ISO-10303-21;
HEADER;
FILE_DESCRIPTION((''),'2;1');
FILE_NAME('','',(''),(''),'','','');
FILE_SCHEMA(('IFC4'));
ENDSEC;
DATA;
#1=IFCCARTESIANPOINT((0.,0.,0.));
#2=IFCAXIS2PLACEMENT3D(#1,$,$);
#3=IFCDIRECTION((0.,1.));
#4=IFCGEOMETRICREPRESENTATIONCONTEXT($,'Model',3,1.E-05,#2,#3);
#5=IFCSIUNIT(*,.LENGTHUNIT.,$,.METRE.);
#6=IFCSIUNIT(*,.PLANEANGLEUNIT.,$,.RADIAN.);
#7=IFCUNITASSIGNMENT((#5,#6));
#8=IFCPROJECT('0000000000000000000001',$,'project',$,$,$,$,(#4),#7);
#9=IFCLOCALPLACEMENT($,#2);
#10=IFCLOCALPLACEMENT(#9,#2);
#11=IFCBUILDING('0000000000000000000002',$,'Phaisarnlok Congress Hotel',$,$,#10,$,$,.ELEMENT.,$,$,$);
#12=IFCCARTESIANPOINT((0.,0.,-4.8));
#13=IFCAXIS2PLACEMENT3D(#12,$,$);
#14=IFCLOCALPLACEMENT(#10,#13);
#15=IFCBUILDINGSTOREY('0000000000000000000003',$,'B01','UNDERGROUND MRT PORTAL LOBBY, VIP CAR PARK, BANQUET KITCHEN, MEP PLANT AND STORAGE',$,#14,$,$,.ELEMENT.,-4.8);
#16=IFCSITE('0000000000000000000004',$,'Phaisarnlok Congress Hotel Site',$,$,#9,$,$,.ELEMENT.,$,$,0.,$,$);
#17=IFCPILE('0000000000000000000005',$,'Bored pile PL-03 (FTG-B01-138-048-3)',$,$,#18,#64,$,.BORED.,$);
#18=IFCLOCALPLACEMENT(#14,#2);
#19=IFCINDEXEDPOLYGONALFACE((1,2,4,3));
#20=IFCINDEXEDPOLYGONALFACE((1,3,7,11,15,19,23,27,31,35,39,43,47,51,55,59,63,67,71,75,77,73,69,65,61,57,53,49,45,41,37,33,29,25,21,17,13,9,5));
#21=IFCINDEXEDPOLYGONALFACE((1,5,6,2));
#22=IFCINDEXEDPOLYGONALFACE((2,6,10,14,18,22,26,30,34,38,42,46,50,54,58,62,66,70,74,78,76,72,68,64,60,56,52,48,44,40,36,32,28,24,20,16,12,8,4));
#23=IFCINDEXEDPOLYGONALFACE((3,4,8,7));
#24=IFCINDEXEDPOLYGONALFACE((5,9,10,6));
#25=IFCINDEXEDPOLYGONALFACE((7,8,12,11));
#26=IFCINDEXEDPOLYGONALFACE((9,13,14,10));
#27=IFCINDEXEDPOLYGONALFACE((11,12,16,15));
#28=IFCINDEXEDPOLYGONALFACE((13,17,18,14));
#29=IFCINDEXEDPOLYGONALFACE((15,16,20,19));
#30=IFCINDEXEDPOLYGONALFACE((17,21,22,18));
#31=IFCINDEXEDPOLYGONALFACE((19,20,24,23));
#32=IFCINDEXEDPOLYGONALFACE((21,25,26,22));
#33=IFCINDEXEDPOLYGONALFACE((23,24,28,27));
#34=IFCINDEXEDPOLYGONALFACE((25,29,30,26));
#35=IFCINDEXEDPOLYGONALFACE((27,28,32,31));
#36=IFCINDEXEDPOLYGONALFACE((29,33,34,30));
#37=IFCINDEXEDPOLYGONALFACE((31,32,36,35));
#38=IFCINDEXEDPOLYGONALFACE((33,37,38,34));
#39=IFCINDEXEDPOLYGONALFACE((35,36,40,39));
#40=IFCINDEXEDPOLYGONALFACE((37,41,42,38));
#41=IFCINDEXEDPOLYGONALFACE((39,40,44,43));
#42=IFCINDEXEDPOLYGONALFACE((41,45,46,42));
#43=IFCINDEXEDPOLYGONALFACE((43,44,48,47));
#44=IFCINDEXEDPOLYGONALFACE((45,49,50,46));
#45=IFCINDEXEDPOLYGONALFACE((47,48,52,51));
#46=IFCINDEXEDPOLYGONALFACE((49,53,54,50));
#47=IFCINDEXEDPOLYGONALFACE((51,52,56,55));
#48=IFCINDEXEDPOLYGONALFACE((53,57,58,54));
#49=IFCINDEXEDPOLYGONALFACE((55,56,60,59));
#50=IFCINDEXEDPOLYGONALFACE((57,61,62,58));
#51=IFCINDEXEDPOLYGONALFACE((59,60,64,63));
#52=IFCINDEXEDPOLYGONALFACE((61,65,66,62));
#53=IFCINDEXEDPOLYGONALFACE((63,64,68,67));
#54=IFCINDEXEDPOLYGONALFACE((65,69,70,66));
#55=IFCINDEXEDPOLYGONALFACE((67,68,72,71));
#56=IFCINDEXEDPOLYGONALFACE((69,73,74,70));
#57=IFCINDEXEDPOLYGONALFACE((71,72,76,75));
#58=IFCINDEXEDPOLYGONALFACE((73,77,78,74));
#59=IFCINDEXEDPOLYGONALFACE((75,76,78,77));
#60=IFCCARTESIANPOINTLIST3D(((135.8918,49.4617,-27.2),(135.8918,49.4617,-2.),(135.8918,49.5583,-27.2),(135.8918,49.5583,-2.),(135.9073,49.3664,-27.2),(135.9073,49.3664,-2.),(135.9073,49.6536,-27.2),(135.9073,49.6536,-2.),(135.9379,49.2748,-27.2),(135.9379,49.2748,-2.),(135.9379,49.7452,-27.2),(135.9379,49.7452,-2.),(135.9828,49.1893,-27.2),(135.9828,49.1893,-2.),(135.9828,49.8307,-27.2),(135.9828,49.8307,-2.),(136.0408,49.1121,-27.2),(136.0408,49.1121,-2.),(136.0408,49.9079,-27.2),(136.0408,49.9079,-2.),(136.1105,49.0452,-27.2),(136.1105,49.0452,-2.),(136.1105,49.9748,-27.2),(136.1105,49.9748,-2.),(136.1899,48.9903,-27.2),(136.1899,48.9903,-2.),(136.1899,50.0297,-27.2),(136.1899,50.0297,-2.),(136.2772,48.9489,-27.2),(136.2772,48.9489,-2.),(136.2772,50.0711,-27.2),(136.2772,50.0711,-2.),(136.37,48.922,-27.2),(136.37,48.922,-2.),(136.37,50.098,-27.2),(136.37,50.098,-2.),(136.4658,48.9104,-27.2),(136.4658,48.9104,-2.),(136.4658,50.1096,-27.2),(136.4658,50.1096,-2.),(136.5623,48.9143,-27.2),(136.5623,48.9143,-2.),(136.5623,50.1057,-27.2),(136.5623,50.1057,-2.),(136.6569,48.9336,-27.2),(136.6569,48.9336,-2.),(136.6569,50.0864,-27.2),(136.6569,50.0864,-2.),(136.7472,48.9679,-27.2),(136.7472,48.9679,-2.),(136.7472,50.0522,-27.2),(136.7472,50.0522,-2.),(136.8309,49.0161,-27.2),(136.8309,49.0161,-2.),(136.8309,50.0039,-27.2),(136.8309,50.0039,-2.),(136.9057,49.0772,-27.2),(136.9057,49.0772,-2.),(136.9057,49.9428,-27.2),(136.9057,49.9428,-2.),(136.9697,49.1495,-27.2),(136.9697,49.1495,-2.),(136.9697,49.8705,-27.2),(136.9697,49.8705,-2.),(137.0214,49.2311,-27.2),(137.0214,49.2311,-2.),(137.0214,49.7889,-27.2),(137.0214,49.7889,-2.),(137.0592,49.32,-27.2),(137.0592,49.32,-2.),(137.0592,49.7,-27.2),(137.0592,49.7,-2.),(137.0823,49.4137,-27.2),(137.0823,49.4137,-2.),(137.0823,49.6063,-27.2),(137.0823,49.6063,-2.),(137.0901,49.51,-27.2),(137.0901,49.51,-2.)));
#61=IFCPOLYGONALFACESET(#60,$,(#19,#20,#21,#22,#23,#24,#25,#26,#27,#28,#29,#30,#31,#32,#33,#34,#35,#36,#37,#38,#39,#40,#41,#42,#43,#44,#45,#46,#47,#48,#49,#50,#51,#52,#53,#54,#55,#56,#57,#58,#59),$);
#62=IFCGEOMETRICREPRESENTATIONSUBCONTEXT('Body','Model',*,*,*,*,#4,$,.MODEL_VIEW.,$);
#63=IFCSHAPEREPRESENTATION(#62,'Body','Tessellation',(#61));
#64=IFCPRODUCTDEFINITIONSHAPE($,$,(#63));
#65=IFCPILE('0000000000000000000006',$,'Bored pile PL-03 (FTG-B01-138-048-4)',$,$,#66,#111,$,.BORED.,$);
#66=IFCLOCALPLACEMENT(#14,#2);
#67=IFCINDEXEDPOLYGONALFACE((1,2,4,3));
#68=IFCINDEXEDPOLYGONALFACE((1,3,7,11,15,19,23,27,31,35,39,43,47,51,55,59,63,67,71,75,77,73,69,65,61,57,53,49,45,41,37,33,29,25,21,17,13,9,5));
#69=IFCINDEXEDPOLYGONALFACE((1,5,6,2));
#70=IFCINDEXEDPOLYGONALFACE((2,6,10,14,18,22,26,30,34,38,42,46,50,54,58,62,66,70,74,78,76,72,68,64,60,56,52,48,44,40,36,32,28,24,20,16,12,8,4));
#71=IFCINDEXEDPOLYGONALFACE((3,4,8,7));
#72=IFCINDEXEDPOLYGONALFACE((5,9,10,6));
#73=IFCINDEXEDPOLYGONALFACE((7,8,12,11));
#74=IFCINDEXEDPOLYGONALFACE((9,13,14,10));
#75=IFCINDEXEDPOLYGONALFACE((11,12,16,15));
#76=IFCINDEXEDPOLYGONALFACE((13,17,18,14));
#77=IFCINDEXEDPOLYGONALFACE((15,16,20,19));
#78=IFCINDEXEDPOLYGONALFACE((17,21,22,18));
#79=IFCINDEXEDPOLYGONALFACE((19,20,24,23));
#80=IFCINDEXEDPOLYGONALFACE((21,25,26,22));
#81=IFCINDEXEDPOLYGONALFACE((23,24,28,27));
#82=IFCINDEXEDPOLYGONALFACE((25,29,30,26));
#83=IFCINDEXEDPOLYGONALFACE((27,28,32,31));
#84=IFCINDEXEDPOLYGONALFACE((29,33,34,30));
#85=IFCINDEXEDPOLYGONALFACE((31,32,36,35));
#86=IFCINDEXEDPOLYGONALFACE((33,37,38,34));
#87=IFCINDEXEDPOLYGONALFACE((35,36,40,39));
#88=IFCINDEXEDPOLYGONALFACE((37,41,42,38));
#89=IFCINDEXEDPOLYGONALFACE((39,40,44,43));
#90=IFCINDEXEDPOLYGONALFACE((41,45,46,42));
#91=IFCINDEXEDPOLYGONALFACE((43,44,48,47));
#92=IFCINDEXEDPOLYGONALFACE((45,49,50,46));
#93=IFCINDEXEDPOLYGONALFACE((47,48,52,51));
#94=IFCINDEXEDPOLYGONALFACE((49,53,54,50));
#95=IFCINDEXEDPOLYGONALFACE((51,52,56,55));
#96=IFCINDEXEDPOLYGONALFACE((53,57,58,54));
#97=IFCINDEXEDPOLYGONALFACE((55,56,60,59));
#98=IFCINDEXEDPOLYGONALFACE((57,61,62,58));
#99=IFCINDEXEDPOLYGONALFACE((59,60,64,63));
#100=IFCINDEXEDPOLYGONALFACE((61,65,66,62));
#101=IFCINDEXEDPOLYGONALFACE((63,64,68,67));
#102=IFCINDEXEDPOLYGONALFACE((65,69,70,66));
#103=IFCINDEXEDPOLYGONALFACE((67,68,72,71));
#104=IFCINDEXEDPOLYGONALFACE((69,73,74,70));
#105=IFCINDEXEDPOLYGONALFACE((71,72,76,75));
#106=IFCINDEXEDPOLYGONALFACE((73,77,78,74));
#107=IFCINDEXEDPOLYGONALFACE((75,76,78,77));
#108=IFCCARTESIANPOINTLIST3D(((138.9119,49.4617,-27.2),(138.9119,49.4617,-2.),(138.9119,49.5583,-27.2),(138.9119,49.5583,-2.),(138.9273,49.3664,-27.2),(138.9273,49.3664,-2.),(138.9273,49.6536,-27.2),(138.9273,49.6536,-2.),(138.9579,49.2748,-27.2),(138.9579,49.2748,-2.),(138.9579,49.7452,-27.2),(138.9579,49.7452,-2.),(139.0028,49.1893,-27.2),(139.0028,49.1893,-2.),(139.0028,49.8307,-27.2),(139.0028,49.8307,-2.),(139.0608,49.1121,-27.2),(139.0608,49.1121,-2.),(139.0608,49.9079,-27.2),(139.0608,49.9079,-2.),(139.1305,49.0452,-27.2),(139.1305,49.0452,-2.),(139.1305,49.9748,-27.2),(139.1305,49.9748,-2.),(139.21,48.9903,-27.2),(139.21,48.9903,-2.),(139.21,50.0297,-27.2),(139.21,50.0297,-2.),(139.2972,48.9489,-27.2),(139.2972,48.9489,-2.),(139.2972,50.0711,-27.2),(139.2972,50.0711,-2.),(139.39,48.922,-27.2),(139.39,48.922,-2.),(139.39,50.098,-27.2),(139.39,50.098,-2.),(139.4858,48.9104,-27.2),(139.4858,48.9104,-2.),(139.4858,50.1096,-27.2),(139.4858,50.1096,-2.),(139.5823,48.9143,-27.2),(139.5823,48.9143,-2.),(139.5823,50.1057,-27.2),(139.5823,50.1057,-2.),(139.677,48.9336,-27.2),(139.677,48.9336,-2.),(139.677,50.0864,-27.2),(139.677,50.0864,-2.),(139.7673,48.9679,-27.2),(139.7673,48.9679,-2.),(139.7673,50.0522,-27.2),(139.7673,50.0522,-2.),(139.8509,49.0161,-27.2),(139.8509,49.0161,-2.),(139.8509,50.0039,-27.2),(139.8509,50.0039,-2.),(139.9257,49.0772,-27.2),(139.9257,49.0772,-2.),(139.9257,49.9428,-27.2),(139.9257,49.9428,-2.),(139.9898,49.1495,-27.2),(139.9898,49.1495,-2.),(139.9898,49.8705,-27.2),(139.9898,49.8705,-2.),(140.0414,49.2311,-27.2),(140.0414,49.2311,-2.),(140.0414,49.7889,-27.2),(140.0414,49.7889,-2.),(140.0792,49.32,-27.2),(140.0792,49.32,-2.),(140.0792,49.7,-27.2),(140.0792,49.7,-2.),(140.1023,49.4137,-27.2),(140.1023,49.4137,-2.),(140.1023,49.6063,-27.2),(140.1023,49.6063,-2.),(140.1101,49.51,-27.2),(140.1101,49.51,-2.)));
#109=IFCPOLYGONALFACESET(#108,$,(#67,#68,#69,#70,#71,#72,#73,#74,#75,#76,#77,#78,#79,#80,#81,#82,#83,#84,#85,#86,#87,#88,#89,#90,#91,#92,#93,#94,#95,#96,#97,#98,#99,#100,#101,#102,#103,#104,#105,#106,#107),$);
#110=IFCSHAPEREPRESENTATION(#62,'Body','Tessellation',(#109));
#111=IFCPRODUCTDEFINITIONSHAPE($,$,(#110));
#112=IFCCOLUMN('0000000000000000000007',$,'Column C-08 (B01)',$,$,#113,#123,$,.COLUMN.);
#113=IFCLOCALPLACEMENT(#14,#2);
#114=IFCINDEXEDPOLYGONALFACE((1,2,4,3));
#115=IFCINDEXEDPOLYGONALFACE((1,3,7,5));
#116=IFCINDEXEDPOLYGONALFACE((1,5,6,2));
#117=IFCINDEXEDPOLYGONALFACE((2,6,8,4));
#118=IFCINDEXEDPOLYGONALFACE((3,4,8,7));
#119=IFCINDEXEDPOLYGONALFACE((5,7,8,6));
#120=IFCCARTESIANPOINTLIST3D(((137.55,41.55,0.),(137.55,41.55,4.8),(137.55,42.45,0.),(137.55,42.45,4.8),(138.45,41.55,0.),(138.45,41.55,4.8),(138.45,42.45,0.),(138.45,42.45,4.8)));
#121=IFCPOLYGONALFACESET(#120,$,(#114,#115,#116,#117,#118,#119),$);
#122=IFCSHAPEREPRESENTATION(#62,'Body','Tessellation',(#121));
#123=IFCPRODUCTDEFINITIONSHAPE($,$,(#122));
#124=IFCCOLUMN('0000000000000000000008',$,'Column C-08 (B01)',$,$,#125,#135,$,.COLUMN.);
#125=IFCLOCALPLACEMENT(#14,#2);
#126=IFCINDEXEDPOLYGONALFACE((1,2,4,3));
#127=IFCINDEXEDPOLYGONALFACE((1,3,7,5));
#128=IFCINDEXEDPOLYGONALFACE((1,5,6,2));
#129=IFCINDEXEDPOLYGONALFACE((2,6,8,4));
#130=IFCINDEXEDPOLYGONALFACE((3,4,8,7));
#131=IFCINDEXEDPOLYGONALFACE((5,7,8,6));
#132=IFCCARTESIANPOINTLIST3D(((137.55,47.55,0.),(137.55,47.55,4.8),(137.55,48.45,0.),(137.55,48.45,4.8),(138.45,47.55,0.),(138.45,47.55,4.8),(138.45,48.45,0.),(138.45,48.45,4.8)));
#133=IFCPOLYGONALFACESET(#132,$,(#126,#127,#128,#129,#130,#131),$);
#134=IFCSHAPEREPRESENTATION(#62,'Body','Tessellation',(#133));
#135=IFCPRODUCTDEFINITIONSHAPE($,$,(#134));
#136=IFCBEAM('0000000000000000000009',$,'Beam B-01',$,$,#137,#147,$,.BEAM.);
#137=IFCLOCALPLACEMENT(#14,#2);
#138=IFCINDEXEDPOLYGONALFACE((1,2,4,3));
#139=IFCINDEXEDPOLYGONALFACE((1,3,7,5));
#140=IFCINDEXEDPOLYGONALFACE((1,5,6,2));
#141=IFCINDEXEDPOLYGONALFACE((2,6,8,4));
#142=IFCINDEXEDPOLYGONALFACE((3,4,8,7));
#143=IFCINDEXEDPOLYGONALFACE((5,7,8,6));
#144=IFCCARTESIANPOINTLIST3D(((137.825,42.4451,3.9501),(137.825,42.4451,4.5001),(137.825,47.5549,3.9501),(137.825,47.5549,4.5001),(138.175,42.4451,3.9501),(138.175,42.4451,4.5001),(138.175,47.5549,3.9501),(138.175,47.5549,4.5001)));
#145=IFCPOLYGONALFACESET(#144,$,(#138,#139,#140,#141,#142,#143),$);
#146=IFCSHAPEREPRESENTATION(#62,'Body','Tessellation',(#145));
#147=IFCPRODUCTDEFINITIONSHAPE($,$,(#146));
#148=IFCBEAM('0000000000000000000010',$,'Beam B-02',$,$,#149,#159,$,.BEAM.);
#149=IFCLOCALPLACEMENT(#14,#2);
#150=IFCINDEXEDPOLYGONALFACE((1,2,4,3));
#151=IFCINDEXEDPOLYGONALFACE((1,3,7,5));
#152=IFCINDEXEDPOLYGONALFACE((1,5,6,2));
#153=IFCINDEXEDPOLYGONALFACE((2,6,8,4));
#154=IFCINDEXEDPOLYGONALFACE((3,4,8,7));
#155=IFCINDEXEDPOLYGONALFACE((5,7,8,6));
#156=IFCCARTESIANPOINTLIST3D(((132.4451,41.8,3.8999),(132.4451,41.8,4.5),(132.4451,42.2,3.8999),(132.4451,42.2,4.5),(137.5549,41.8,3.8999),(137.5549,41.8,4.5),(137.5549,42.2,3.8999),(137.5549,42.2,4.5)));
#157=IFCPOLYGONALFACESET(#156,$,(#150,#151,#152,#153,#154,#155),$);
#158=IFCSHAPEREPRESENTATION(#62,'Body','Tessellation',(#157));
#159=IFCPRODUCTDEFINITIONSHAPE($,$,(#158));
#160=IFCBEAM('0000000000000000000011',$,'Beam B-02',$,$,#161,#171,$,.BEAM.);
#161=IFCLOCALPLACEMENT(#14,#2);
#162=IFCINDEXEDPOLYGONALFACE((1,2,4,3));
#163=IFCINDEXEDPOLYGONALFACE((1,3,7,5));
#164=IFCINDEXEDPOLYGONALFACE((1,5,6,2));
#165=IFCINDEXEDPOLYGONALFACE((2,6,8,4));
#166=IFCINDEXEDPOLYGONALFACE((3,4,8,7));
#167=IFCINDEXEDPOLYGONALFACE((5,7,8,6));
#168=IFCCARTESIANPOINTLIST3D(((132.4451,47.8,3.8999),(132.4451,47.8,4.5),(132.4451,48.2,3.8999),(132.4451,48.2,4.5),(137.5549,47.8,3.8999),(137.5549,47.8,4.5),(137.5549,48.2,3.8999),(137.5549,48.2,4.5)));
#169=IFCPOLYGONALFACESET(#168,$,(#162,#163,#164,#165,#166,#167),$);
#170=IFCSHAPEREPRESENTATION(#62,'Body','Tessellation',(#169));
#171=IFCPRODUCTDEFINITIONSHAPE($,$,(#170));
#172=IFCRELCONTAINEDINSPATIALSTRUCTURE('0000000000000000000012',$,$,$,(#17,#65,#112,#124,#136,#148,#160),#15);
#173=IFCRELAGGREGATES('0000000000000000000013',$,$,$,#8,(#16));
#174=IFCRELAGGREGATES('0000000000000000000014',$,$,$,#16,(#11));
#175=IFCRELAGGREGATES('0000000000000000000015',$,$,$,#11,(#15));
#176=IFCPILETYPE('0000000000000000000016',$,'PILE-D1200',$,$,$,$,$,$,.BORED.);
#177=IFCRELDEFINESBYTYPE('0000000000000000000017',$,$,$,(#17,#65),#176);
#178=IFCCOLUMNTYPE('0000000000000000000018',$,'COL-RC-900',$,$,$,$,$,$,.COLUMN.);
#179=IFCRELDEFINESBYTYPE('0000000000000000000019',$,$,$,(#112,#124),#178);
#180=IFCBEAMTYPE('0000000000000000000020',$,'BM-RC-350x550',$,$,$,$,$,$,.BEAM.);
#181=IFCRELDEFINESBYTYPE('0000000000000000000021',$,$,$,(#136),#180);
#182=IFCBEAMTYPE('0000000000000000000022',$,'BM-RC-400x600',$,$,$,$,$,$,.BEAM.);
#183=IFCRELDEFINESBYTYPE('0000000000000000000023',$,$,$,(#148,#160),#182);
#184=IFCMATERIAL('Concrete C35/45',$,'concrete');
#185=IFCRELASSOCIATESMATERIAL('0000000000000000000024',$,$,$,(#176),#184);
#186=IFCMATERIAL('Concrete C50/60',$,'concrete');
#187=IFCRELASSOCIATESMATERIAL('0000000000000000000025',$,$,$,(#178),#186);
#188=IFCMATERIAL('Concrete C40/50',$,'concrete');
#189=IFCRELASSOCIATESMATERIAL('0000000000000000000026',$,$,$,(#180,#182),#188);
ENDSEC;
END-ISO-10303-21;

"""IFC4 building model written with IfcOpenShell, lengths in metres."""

from ifc_helpers import new_model, si_unit, direction, frame, origin, origin_2d, place, context, subcontext, project, spatial, rectangle, circle, extrude, material, material_profile, profile_set, type_object, element, save


model = new_model("IFC4")

# Units and contexts
model_context = context("Model", 3, precision=1e-05, world=origin(), true_north=direction((0.0, 1.0)))
body_context = subcontext(model_context, "Body", "Model", "MODEL_VIEW")
ifc_project = project(units=[si_unit("LENGTHUNIT", "METRE"), si_unit("PLANEANGLEUNIT", "RADIAN")], contexts=[model_context])

# Site, building, storey
site_placement = place(None, origin())
site = spatial("IfcSite", under=ifc_project, at=site_placement, Name="Phaisarnlok Congress Hotel Site", CompositionType="ELEMENT", RefElevation=0.0)
building_placement = place(site_placement, origin())
building = spatial("IfcBuilding", under=site, at=building_placement, Name="Phaisarnlok Congress Hotel", CompositionType="ELEMENT")
storey_placement = place(building_placement, frame((0.0, 0.0, -4.8)))
storey = spatial("IfcBuildingStorey", under=building, at=storey_placement, Name="B01", Description="UNDERGROUND MRT PORTAL LOBBY, VIP CAR PARK, BANQUET KITCHEN, MEP PLANT AND STORAGE", CompositionType="ELEMENT", Elevation=-4.8)

# Shared definitions
ifc_material_1 = material(Name="Concrete C40/50", Category="concrete")

# Piles
ifc_material_2 = material(Name="Concrete C35/45", Category="concrete")
ifc_material_profile_1 = material_profile(ifc_material_2, circle(Radius=0.6001, at=origin_2d()), Name="BORED PILE D1200")
ifc_profile_set_1 = profile_set([ifc_material_profile_1], Name="Concrete C35/45")
pile_type_1 = type_object("IfcPileType", Name="PILE-D1200", PredefinedType="BORED", material=ifc_profile_set_1)
for number, where, z_axis, x_axis, name in (
    (1, (136.49, 49.51, -2.0), (0.0, 0.0, -1.0), (1.0, 0.0, 0.0), "Bored pile PL-03 (FTG-B01-138-048-3)"),
    (2, (139.51, 49.51, -2.0), (0.0, 0.0, -1.0), (1.0, 0.0, 0.0), "Bored pile PL-03 (FTG-B01-138-048-4)"),
):
    element("IfcPile", number, at=place(storey_placement, frame(where, z_axis=z_axis, x_axis=x_axis)), inside=storey, type_object=pile_type_1, Name=name, PredefinedType="BORED", context=body_context, shape_type="SweptSolid", body=[
        extrude(circle(Radius=0.6001, at=origin_2d()), origin(), (0.0, 0.0, 1.0), 25.2),
    ])

# Columns
ifc_material_3 = material(Name="Concrete C50/60", Category="concrete")
ifc_material_profile_2 = material_profile(ifc_material_3, rectangle(XDim=0.8999, YDim=0.8999, at=origin_2d()), Name="RC 900x900")
ifc_profile_set_2 = profile_set([ifc_material_profile_2], Name="Concrete C50/60")
column_type = type_object("IfcColumnType", Name="COL-RC-900", PredefinedType="COLUMN", material=ifc_profile_set_2)
for number, where, z_axis, x_axis, name in (
    (3, (138.0, 42.0, 0.0), (0.0, 0.0, 1.0), (1.0, 0.0, 0.0), "Column C-08 (B01)"),
    (4, (138.0, 48.0, 0.0), (0.0, 0.0, 1.0), (1.0, 0.0, 0.0), "Column C-08 (B01)"),
):
    element("IfcColumn", number, at=place(storey_placement, frame(where, z_axis=z_axis, x_axis=x_axis)), inside=storey, type_object=column_type, Name=name, PredefinedType="COLUMN", context=body_context, shape_type="SweptSolid", body=[
        extrude(rectangle(XDim=0.8999, YDim=0.8999, at=origin_2d()), origin(), (0.0, 0.0, 1.0), 4.8),
    ])

# Beams
ifc_material_profile_3 = material_profile(ifc_material_1, rectangle(XDim=0.3501, YDim=0.55, at=origin_2d()), Name="RC 350x550")
ifc_profile_set_3 = profile_set([ifc_material_profile_3], Name="Concrete C40/50")
beam_type_1 = type_object("IfcBeamType", Name="BM-RC-350x550", PredefinedType="BEAM", material=ifc_profile_set_3)
beam_placement = place(storey_placement, frame((138.0, 42.4451, 4.2251), z_axis=(0.0, 1.0, 0.0), x_axis=(-1.0, 0.0, 0.0)))
element("IfcBeam", 5, at=beam_placement, inside=storey, type_object=beam_type_1, Name="Beam B-01", PredefinedType="BEAM", context=body_context, shape_type="SweptSolid", body=[
    extrude(rectangle(XDim=0.3501, YDim=0.55, at=origin_2d()), origin(), (0.0, 0.0, 1.0), 5.1099),
])
ifc_material_profile_4 = material_profile(ifc_material_1, rectangle(XDim=0.3999, YDim=0.6001, at=origin_2d()), Name="RC 400x600")
ifc_profile_set_4 = profile_set([ifc_material_profile_4], Name="Concrete C40/50")
beam_type_2 = type_object("IfcBeamType", Name="BM-RC-400x600", PredefinedType="BEAM", material=ifc_profile_set_4)
for number, where, z_axis, x_axis, name in (
    (6, (132.4451, 42.0, 4.2), (1.0, 0.0, 0.0), (0.0, 1.0, 0.0), "Beam B-02"),
    (7, (132.4451, 48.0, 4.2), (1.0, 0.0, 0.0), (0.0, 1.0, 0.0), "Beam B-02"),
):
    element("IfcBeam", number, at=place(storey_placement, frame(where, z_axis=z_axis, x_axis=x_axis)), inside=storey, type_object=beam_type_2, Name=name, PredefinedType="BEAM", context=body_context, shape_type="SweptSolid", body=[
        extrude(rectangle(XDim=0.3999, YDim=0.6001, at=origin_2d()), origin(), (0.0, 0.0, 1.0), 5.1099),
    ])

save(model, "model.ifc")
